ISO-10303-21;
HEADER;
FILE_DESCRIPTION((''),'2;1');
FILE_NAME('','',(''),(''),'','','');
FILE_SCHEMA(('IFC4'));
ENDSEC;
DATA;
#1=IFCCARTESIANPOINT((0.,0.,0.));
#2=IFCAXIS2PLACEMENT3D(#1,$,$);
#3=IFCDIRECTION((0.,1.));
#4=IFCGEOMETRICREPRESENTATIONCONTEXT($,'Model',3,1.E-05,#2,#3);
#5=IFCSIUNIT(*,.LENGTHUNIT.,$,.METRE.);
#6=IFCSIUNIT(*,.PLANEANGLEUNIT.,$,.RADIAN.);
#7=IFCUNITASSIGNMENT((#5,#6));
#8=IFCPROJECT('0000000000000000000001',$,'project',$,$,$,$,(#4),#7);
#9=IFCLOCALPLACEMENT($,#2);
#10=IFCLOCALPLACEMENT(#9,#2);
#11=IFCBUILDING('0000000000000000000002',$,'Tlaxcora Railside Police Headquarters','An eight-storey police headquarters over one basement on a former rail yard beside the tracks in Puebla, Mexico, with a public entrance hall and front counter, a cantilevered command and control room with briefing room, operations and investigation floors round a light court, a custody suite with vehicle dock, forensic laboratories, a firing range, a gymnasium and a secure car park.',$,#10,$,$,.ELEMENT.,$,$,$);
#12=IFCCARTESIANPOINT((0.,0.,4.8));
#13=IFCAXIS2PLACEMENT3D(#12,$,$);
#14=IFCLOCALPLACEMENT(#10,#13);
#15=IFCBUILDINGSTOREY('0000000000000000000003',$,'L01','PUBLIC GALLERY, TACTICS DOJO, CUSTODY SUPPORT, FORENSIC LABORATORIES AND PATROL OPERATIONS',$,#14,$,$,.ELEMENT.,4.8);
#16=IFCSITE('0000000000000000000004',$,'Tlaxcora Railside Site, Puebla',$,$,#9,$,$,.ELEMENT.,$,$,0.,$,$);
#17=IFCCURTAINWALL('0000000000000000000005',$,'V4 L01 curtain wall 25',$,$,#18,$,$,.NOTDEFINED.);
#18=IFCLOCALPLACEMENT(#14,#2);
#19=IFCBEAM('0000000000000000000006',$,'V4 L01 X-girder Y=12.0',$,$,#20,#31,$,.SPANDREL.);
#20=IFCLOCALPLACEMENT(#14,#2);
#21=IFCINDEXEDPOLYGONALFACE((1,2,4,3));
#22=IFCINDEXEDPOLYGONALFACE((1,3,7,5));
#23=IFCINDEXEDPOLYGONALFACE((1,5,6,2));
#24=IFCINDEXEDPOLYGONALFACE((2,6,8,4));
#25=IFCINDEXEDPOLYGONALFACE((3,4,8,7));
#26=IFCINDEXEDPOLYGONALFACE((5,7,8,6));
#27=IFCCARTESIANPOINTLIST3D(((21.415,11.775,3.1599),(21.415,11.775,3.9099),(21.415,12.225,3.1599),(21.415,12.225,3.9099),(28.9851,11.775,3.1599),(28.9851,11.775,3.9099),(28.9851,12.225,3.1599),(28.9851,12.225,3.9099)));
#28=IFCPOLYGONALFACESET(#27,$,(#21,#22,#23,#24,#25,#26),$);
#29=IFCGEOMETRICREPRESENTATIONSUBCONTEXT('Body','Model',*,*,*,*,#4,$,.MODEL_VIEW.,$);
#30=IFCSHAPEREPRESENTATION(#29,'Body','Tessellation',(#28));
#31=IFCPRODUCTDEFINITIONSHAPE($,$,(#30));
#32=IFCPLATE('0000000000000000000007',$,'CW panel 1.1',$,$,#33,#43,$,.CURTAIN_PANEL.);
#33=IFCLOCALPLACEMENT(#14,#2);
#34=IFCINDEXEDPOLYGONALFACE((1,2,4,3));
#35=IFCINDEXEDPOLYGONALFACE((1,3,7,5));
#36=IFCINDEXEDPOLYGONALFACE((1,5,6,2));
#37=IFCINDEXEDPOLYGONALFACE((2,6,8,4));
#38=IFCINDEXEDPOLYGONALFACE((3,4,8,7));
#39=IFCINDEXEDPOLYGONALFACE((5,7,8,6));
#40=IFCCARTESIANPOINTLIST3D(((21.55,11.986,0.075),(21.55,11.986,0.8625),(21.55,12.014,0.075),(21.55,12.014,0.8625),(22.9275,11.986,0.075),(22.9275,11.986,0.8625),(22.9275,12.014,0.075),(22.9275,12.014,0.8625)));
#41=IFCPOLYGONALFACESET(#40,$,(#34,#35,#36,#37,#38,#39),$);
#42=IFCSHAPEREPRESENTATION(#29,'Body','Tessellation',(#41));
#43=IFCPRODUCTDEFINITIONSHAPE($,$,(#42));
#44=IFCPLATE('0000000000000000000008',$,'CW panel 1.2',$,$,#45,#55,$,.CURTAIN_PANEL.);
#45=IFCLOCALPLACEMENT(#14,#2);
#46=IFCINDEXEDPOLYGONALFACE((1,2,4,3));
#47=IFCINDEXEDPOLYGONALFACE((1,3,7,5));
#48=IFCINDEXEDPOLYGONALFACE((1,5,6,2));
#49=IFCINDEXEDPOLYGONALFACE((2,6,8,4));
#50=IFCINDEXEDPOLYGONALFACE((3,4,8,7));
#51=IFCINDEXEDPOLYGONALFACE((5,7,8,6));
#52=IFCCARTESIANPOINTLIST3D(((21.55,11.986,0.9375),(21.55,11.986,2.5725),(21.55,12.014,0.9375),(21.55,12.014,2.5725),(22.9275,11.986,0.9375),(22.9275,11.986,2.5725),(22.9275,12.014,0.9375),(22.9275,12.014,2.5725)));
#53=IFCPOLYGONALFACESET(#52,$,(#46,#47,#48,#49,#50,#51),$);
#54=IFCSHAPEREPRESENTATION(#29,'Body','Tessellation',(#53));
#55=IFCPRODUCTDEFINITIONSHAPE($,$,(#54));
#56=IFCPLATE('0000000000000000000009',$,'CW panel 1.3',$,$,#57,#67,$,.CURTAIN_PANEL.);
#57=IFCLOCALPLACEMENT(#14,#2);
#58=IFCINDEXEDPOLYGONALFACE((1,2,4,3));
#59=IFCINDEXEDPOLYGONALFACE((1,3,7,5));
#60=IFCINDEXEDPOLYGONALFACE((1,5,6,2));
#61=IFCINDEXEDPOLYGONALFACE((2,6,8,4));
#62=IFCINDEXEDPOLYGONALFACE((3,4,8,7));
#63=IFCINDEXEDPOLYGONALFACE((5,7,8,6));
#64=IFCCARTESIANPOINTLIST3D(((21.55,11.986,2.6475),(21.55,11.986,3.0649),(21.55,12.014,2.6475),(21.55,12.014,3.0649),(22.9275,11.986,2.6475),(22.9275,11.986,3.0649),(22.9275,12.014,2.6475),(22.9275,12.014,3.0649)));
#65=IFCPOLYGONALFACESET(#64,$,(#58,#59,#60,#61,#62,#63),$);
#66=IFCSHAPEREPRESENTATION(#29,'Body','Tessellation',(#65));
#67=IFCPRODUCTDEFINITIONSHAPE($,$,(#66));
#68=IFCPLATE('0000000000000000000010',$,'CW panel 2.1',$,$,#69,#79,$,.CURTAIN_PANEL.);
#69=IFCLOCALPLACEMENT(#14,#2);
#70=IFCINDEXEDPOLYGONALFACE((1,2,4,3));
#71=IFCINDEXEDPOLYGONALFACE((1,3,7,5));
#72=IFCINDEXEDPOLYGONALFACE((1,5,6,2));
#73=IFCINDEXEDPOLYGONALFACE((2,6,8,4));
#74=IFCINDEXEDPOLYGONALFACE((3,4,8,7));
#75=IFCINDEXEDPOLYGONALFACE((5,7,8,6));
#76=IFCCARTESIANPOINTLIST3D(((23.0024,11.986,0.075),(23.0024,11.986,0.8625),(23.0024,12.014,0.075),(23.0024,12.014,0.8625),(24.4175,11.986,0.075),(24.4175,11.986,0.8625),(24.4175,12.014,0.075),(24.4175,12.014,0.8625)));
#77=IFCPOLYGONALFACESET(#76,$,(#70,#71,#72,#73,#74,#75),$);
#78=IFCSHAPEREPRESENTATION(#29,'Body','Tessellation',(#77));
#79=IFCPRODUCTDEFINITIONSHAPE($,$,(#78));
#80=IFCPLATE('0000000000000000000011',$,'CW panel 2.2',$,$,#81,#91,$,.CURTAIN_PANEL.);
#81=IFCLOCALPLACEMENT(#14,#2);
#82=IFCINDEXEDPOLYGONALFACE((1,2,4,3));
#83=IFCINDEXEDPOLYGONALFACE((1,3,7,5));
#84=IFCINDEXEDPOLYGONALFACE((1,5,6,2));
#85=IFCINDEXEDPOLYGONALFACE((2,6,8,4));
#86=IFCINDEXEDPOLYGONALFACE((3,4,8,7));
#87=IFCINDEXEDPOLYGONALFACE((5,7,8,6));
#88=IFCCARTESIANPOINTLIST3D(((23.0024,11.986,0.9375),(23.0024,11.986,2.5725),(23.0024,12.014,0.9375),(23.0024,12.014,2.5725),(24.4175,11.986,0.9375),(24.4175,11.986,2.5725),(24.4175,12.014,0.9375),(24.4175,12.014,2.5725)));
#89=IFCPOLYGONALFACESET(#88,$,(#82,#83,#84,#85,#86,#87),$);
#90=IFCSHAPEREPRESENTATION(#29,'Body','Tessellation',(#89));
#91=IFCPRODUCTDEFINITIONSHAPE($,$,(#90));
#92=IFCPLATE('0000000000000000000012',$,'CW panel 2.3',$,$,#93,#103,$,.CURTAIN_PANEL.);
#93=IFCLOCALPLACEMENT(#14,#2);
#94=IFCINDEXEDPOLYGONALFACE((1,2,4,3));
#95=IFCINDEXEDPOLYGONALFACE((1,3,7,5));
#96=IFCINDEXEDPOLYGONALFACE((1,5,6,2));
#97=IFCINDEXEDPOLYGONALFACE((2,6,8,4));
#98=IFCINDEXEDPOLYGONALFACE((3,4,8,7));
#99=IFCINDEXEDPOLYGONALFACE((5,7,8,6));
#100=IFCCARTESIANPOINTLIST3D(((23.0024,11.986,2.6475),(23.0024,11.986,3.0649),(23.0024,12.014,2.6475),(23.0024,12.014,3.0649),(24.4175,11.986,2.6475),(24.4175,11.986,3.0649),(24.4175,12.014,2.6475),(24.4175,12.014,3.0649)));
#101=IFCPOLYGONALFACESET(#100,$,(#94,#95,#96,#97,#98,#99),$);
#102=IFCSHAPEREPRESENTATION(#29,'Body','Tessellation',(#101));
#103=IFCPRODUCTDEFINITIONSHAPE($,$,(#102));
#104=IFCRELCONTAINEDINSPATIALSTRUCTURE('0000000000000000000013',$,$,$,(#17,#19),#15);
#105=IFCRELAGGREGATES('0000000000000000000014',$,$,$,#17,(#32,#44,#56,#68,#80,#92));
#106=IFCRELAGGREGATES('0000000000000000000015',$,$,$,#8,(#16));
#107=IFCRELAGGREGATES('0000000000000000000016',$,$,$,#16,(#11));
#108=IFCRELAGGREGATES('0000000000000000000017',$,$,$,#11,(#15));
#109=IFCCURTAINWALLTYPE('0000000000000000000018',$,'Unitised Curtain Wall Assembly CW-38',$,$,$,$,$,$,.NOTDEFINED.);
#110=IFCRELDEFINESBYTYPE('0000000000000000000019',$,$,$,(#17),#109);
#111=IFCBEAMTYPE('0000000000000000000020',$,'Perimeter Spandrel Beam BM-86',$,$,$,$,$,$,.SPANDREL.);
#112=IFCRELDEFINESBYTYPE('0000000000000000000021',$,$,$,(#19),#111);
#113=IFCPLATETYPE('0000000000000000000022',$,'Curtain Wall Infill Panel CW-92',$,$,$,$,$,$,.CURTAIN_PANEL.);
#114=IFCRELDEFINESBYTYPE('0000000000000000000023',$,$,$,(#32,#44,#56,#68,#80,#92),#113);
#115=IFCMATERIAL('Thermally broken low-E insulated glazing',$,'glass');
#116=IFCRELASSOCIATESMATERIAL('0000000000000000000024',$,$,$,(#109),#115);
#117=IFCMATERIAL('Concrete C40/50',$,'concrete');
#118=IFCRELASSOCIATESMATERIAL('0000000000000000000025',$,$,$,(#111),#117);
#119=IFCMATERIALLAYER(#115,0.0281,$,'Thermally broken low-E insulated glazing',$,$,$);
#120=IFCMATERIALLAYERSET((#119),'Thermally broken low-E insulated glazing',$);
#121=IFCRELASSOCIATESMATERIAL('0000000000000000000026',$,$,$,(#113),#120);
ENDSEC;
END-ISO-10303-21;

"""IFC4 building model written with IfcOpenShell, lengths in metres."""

from ifc_helpers import new_model, si_unit, direction, frame, origin, origin_2d, place, context, subcontext, project, spatial, rectangle, extrude, material, layer, layer_set, material_profile, profile_set, type_object, element, aggregate, save


model = new_model("IFC4")

# Units and contexts
model_context = context("Model", 3, precision=1e-05, world=origin(), true_north=direction((0.0, 1.0)))
body_context = subcontext(model_context, "Body", "Model", "MODEL_VIEW")
ifc_project = project(units=[si_unit("LENGTHUNIT", "METRE"), si_unit("PLANEANGLEUNIT", "RADIAN")], contexts=[model_context])

# Site, building, storey
site_placement = place(None, origin())
site = spatial("IfcSite", under=ifc_project, at=site_placement, Name="Tlaxcora Railside Site, Puebla", CompositionType="ELEMENT", RefElevation=0.0)
building_placement = place(site_placement, origin())
building = spatial("IfcBuilding", under=site, at=building_placement, Name="Tlaxcora Railside Police Headquarters", Description="An eight-storey police headquarters over one basement on a former rail yard beside the tracks in Puebla, Mexico, with a public entrance hall and front counter, a cantilevered command and control room with briefing room, operations and investigation floors round a light court, a custody suite with vehicle dock, forensic laboratories, a firing range, a gymnasium and a secure car park.", CompositionType="ELEMENT")
storey_placement = place(building_placement, frame((0.0, 0.0, 4.8)))
storey = spatial("IfcBuildingStorey", under=building, at=storey_placement, Name="L01", Description="PUBLIC GALLERY, TACTICS DOJO, CUSTODY SUPPORT, FORENSIC LABORATORIES AND PATROL OPERATIONS", CompositionType="ELEMENT", Elevation=4.8)

# Curtain wall
ifc_material_1 = material(Name="Thermally broken low-E insulated glazing", Category="glass")
curtain_wall_type = type_object("IfcCurtainWallType", Name="Unitised Curtain Wall Assembly CW-38", PredefinedType="NOTDEFINED", material=ifc_material_1)
curtain_wall_placement = place(storey_placement, origin())
curtain_wall = element("IfcCurtainWall", 1, at=curtain_wall_placement, inside=storey, type_object=curtain_wall_type, Name="V4 L01 curtain wall 25", PredefinedType="NOTDEFINED")

# Beam
ifc_material_2 = material(Name="Concrete C40/50", Category="concrete")
ifc_material_profile_1 = material_profile(ifc_material_2, rectangle(XDim=0.45, YDim=0.75, at=origin_2d()), Name="RC450X750")
ifc_profile_set_1 = profile_set([ifc_material_profile_1], Name="Concrete C40/50")
beam_type = type_object("IfcBeamType", Name="Perimeter Spandrel Beam BM-86", PredefinedType="SPANDREL", material=ifc_profile_set_1)
beam_placement = place(storey_placement, frame((21.415, 12.0, 3.5349), z_axis=(1.0, 0.0, 0.0), x_axis=(0.0, 1.0, 0.0)))
element("IfcBeam", 2, at=beam_placement, inside=storey, type_object=beam_type, Name="V4 L01 X-girder Y=12.0", PredefinedType="SPANDREL", context=body_context, shape_type="SweptSolid", body=[
    extrude(rectangle(XDim=0.45, YDim=0.75, at=origin_2d()), origin(), (0.0, 0.0, 1.0), 7.5701),
])

# Plates
ifc_layer = layer(ifc_material_1, 0.0281, Name="Thermally broken low-E insulated glazing")
ifc_layer_set = layer_set([ifc_layer], Name="Thermally broken low-E insulated glazing")
plate_type = type_object("IfcPlateType", Name="Curtain Wall Infill Panel CW-92", PredefinedType="CURTAIN_PANEL", material=ifc_layer_set)
plate_1_placement = place(storey_placement, frame((22.2388, 12.0, 0.075), z_axis=(0.0, 0.0, 1.0), x_axis=(1.0, 0.0, 0.0)))
plate_1 = element("IfcPlate", 3, at=plate_1_placement, type_object=plate_type, Name="CW panel 1.1", PredefinedType="CURTAIN_PANEL", context=body_context, shape_type="SweptSolid", body=[
    extrude(rectangle(XDim=1.3774, YDim=0.0281, at=origin_2d()), origin(), (0.0, 0.0, 1.0), 0.7876),
])
plate_2_placement = place(storey_placement, frame((22.2388, 12.0, 0.9375), z_axis=(0.0, 0.0, 1.0), x_axis=(1.0, 0.0, 0.0)))
plate_2 = element("IfcPlate", 4, at=plate_2_placement, type_object=plate_type, Name="CW panel 1.2", PredefinedType="CURTAIN_PANEL", context=body_context, shape_type="SweptSolid", body=[
    extrude(rectangle(XDim=1.3774, YDim=0.0281, at=origin_2d()), origin(), (0.0, 0.0, 1.0), 1.635),
])
plate_3_placement = place(storey_placement, frame((22.2388, 12.0, 2.6475), z_axis=(0.0, 0.0, 1.0), x_axis=(1.0, 0.0, 0.0)))
plate_3 = element("IfcPlate", 5, at=plate_3_placement, type_object=plate_type, Name="CW panel 1.3", PredefinedType="CURTAIN_PANEL", context=body_context, shape_type="SweptSolid", body=[
    extrude(rectangle(XDim=1.3774, YDim=0.0281, at=origin_2d()), origin(), (0.0, 0.0, 1.0), 0.4175),
])
plate_4_placement = place(storey_placement, frame((23.71, 12.0, 0.075), z_axis=(0.0, 0.0, 1.0), x_axis=(1.0, 0.0, 0.0)))
plate_4 = element("IfcPlate", 6, at=plate_4_placement, type_object=plate_type, Name="CW panel 2.1", PredefinedType="CURTAIN_PANEL", context=body_context, shape_type="SweptSolid", body=[
    extrude(rectangle(XDim=1.415, YDim=0.0281, at=origin_2d()), origin(), (0.0, 0.0, 1.0), 0.7876),
])
plate_5_placement = place(storey_placement, frame((23.71, 12.0, 0.9375), z_axis=(0.0, 0.0, 1.0), x_axis=(1.0, 0.0, 0.0)))
plate_5 = element("IfcPlate", 7, at=plate_5_placement, type_object=plate_type, Name="CW panel 2.2", PredefinedType="CURTAIN_PANEL", context=body_context, shape_type="SweptSolid", body=[
    extrude(rectangle(XDim=1.415, YDim=0.0281, at=origin_2d()), origin(), (0.0, 0.0, 1.0), 1.635),
])
plate_6_placement = place(storey_placement, frame((23.71, 12.0, 2.6475), z_axis=(0.0, 0.0, 1.0), x_axis=(1.0, 0.0, 0.0)))
plate_6 = element("IfcPlate", 8, at=plate_6_placement, type_object=plate_type, Name="CW panel 2.3", PredefinedType="CURTAIN_PANEL", context=body_context, shape_type="SweptSolid", body=[
    extrude(rectangle(XDim=1.415, YDim=0.0281, at=origin_2d()), origin(), (0.0, 0.0, 1.0), 0.4175),
])
aggregate(curtain_wall, [plate_1, plate_2, plate_3, plate_4, plate_5, plate_6])

save(model, "model.ifc")
